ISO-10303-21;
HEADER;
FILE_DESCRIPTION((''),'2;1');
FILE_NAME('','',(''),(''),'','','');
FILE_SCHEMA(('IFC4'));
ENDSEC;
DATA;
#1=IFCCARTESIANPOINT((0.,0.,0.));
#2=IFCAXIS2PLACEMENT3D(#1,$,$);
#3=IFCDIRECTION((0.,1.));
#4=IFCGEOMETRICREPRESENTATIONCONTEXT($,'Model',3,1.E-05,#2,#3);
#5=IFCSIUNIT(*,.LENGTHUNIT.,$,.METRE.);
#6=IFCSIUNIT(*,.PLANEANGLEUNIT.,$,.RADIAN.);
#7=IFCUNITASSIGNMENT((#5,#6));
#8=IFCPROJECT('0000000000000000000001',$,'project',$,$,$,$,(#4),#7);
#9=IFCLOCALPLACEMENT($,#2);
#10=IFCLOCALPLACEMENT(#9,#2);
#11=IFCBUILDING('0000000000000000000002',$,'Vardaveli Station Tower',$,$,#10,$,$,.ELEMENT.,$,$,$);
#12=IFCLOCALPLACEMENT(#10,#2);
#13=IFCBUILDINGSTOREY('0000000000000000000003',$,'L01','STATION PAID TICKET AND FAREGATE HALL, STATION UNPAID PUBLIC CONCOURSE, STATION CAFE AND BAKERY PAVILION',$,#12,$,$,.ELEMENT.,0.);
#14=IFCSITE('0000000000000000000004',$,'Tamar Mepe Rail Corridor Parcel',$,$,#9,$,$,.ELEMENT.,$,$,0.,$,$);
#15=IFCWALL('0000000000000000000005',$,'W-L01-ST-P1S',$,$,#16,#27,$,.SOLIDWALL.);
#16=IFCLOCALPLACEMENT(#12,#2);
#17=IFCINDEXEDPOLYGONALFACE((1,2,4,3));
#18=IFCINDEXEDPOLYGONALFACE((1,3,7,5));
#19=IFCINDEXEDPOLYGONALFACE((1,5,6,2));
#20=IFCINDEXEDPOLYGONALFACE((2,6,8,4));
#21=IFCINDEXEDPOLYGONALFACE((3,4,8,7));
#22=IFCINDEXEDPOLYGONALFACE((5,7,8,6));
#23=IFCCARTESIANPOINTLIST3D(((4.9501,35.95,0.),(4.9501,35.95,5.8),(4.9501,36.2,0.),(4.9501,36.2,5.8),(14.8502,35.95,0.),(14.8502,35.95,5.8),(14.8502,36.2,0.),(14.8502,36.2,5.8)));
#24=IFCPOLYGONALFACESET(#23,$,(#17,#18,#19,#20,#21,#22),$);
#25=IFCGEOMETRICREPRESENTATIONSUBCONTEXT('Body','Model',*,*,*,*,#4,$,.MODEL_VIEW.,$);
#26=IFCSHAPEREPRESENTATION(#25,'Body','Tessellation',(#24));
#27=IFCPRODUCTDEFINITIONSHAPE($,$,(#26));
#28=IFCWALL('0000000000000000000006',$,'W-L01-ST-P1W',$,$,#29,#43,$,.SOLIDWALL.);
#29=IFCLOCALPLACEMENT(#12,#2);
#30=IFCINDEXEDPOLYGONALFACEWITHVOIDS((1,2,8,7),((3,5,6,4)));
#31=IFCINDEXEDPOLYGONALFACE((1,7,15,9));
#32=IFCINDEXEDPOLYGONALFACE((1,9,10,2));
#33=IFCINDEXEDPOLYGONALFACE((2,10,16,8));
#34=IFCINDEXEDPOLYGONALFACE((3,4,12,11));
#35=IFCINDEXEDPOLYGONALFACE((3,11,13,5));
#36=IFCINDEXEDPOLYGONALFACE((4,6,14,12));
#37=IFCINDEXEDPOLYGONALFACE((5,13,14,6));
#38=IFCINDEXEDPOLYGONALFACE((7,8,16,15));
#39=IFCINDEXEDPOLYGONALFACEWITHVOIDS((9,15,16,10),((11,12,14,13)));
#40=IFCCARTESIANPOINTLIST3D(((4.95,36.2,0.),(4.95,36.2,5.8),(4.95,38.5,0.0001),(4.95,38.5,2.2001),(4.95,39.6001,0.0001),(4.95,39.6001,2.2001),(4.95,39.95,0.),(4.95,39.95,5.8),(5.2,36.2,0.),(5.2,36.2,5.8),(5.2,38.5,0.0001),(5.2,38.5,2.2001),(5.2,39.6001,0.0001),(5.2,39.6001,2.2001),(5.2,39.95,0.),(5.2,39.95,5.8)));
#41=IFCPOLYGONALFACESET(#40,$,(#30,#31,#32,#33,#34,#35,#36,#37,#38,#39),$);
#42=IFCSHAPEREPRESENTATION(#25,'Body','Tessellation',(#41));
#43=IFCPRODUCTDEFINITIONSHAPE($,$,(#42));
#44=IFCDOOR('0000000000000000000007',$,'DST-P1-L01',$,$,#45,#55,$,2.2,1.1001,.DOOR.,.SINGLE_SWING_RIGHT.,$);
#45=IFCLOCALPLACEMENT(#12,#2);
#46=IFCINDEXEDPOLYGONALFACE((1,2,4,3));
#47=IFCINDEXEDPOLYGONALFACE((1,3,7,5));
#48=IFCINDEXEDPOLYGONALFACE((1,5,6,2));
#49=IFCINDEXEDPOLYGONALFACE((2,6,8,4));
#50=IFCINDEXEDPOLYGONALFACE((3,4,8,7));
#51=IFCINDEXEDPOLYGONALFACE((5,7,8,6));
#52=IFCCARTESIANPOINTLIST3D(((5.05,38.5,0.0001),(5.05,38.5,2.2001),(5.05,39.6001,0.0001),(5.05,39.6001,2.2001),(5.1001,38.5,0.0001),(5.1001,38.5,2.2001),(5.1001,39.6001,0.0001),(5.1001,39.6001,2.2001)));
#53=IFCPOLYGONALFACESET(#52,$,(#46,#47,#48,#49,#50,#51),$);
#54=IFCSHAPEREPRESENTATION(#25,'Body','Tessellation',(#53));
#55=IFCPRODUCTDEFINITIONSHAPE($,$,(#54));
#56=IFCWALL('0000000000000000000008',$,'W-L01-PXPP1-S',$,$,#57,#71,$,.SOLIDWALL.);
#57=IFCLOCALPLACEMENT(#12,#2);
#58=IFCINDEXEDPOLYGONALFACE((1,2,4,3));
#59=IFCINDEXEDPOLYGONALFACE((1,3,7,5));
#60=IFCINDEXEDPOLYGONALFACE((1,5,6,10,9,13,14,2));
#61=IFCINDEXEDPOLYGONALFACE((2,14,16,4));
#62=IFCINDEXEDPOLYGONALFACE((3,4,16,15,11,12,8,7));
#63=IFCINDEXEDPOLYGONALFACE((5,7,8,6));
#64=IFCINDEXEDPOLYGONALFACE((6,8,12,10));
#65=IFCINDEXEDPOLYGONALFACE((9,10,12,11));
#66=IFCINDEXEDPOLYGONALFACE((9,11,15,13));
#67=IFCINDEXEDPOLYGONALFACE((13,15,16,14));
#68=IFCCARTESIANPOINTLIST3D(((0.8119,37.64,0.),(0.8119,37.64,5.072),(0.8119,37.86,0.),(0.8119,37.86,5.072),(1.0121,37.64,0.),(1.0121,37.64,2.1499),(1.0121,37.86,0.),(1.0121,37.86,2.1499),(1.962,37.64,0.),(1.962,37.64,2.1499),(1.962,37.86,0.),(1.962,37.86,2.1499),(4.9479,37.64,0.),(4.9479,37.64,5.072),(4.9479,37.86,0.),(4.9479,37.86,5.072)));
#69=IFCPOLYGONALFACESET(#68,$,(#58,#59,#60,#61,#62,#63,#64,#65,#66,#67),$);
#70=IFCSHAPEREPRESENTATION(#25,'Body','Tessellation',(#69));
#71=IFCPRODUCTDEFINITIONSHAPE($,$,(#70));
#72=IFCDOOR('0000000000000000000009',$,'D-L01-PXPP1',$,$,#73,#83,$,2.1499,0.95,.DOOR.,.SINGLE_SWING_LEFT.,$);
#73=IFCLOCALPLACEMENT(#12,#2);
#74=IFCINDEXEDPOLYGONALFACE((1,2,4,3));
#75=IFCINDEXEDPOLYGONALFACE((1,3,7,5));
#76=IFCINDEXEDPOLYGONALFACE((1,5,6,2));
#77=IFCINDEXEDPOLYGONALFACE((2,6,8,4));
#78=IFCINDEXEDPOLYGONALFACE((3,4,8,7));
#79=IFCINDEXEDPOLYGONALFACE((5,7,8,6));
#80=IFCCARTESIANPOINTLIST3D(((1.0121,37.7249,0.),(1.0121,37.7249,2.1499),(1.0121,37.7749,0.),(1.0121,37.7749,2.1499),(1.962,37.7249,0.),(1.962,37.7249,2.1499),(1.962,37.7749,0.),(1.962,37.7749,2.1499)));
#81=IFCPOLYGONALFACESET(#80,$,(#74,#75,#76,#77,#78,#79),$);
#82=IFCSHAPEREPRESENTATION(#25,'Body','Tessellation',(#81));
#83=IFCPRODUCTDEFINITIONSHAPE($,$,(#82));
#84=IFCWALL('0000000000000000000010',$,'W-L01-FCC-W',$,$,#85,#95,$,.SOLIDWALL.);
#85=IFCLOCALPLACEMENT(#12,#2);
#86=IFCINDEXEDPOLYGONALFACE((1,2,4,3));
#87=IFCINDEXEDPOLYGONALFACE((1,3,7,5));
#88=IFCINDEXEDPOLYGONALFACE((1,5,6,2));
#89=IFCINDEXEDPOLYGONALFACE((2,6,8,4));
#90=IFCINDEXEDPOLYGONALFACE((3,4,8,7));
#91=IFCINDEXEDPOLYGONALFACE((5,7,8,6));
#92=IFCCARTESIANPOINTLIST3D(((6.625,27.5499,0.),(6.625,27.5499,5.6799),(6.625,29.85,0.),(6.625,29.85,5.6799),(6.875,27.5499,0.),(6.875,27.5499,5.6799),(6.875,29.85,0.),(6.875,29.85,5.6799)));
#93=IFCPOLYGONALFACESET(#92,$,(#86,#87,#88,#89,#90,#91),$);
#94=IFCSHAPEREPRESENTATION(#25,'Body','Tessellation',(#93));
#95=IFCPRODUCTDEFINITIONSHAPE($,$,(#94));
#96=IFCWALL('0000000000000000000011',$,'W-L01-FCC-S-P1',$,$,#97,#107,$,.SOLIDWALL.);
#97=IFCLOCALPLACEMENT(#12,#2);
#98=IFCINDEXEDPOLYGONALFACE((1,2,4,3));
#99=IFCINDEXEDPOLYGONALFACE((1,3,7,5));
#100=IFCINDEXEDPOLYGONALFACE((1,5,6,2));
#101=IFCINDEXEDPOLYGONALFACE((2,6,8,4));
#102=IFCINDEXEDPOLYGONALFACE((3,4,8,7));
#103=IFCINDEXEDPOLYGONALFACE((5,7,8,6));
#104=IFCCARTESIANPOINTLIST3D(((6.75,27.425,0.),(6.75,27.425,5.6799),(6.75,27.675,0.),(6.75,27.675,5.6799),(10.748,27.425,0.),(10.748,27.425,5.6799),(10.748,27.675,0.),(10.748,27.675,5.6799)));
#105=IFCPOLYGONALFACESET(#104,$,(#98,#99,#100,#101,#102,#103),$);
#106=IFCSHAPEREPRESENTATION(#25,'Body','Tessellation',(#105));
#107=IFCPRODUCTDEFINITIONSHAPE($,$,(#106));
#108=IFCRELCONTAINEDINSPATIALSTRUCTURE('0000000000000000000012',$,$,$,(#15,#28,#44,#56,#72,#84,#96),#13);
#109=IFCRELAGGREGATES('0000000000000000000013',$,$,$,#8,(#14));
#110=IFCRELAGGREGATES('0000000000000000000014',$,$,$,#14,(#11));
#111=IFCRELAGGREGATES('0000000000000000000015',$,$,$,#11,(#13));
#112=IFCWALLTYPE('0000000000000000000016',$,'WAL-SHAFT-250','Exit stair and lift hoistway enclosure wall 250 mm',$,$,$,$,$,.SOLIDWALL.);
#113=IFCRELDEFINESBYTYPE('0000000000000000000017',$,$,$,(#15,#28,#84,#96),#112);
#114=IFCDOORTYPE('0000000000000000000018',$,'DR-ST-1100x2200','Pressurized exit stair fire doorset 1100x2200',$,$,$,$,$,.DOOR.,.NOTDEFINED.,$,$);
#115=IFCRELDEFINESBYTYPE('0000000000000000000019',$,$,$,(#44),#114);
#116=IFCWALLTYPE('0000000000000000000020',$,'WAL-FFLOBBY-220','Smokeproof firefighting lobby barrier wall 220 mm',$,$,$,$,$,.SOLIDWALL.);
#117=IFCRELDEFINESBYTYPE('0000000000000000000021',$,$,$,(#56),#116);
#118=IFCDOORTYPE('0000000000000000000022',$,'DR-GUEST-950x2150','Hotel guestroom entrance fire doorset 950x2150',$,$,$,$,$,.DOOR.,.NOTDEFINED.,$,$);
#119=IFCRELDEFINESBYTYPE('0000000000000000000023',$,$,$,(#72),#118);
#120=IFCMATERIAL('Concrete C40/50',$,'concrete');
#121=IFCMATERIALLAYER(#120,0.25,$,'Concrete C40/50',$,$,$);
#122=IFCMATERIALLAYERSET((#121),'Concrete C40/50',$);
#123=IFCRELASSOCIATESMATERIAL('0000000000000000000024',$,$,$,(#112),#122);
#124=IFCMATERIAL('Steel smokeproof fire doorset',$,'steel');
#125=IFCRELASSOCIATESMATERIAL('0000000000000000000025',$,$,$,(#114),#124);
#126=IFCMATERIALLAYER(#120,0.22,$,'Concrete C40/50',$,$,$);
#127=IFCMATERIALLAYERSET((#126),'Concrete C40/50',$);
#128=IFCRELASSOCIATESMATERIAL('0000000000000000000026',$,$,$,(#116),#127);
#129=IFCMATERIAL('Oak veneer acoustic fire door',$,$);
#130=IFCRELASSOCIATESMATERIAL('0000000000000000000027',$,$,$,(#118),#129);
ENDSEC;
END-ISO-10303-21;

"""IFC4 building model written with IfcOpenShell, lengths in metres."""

from ifc_helpers import new_model, si_unit, direction, frame, frame_2d, origin, place, context, subcontext, project, spatial, rectangle, extrude, source, transform, mapped, material, layer, layer_set, type_object, element, fill, save


model = new_model("IFC4")

# Units and contexts
model_context = context("Model", 3, precision=1e-05, world=origin(), true_north=direction((0.0, 1.0)))
body_context = subcontext(model_context, "Body", "Model", "MODEL_VIEW")
ifc_project = project(units=[si_unit("LENGTHUNIT", "METRE"), si_unit("PLANEANGLEUNIT", "RADIAN")], contexts=[model_context])

# Site, building, storey
site_placement = place(None, origin())
site = spatial("IfcSite", under=ifc_project, at=site_placement, Name="Tamar Mepe Rail Corridor Parcel", CompositionType="ELEMENT", RefElevation=0.0)
building_placement = place(site_placement, origin())
building = spatial("IfcBuilding", under=site, at=building_placement, Name="Vardaveli Station Tower", CompositionType="ELEMENT")
storey_placement = place(building_placement, origin())
storey = spatial("IfcBuildingStorey", under=building, at=storey_placement, Name="L01", Description="STATION PAID TICKET AND FAREGATE HALL, STATION UNPAID PUBLIC CONCOURSE, STATION CAFE AND BAKERY PAVILION", CompositionType="ELEMENT", Elevation=0.0)

# Wall
ifc_material_1 = material(Name="Concrete C40/50", Category="concrete")
ifc_layer_1 = layer(ifc_material_1, 0.25, Name="Concrete C40/50")
ifc_layer_set_1 = layer_set([ifc_layer_1], Name="Concrete C40/50")
wall_type_1 = type_object("IfcWallType", Name="WAL-SHAFT-250", Description="Exit stair and lift hoistway enclosure wall 250 mm", PredefinedType="SOLIDWALL", material=ifc_layer_set_1)
shared_shape_1 = source(origin(), body_context, "Body", "SweptSolid", [
    extrude(rectangle(XDim=9.9001, YDim=0.25, at=frame_2d((4.9502, 0.0))), origin(), (0.0, 0.0, 1.0), 5.8),
])
wall_1_placement = place(storey_placement, frame((4.95, 36.075, 0.0), z_axis=(0.0, 0.0, 1.0), x_axis=(1.0, 0.0, 0.0)))
element("IfcWall", 1, at=wall_1_placement, inside=storey, type_object=wall_type_1, Name="W-L01-ST-P1S", PredefinedType="SOLIDWALL", context=body_context, shape_type="MappedRepresentation", body=[
    mapped(shared_shape_1, transform((0.0, 0.0, 0.0), scale=1.0)),
])

# Walls, openings, doors
shared_shape_2 = source(origin(), body_context, "Body", "SweptSolid", [
    extrude(rectangle(XDim=3.75, YDim=0.25, at=frame_2d((1.875, 0.0))), origin(), (0.0, 0.0, 1.0), 5.8),
])
wall_2_placement = place(storey_placement, frame((5.075, 36.2, 0.0), z_axis=(0.0, 0.0, 1.0), x_axis=(0.0, 1.0, 0.0)))
wall_2 = element("IfcWall", 2, at=wall_2_placement, inside=storey, type_object=wall_type_1, Name="W-L01-ST-P1W", PredefinedType="SOLIDWALL", context=body_context, shape_type="MappedRepresentation", body=[
    mapped(shared_shape_2, transform((0.0, 0.0, 0.0), scale=1.0)),
])
shared_shape_3 = source(origin(), body_context, "Body", "SweptSolid", [
    extrude(rectangle(XDim=1.1001, YDim=2.2, at=frame_2d((0.55, 1.1001))), frame((0.0, 0.135, 0.0), z_axis=(0.0, -1.0, 0.0), x_axis=(1.0, 0.0, 0.0)), (0.0, 0.0, 1.0), 0.27),
])
opening_1_placement = place(wall_2_placement, frame((2.3, 0.0, 0.0)))
opening_1 = element("IfcOpeningElement", 3, at=opening_1_placement, cuts=wall_2, PredefinedType="OPENING", context=body_context, shape_type="MappedRepresentation", body=[
    mapped(shared_shape_3, transform((0.0, 0.0, 0.0), scale=1.0)),
])
ifc_material_2 = material(Name="Steel smokeproof fire doorset", Category="steel")
door_type_1 = type_object("IfcDoorType", Name="DR-ST-1100x2200", Description="Pressurized exit stair fire doorset 1100x2200", OperationType="NOTDEFINED", PredefinedType="DOOR", material=ifc_material_2)
shared_shape_4 = source(origin(), body_context, "Body", "SweptSolid", [
    extrude(rectangle(XDim=1.1001, YDim=2.2, at=frame_2d((0.55, 1.1001))), frame((0.0, 0.0249, 0.0), z_axis=(0.0, -1.0, 0.0), x_axis=(1.0, 0.0, 0.0)), (0.0, 0.0, 1.0), 0.05),
])
door_1_placement = place(opening_1_placement, origin())
door_1 = element("IfcDoor", 4, at=door_1_placement, inside=storey, type_object=door_type_1, Name="DST-P1-L01", OperationType="SINGLE_SWING_RIGHT", OverallHeight=2.2, OverallWidth=1.1001, PredefinedType="DOOR", context=body_context, shape_type="MappedRepresentation", body=[
    mapped(shared_shape_4, transform((0.0, 0.0, 0.0), scale=1.0)),
])
fill(opening_1, door_1)
ifc_layer_2 = layer(ifc_material_1, 0.22, Name="Concrete C40/50")
ifc_layer_set_2 = layer_set([ifc_layer_2], Name="Concrete C40/50")
wall_type_2 = type_object("IfcWallType", Name="WAL-FFLOBBY-220", Description="Smokeproof firefighting lobby barrier wall 220 mm", PredefinedType="SOLIDWALL", material=ifc_layer_set_2)
shared_shape_5 = source(origin(), body_context, "Body", "SweptSolid", [
    extrude(rectangle(XDim=4.136, YDim=0.22, at=frame_2d((2.0679, 0.0))), origin(), (0.0, 0.0, 1.0), 5.072),
])
wall_3_placement = place(storey_placement, frame((0.812, 37.75, 0.0), z_axis=(0.0, 0.0, 1.0), x_axis=(1.0, 0.0, 0.0)))
wall_3 = element("IfcWall", 5, at=wall_3_placement, inside=storey, type_object=wall_type_2, Name="W-L01-PXPP1-S", PredefinedType="SOLIDWALL", context=body_context, shape_type="MappedRepresentation", body=[
    mapped(shared_shape_5, transform((0.0, 0.0, 0.0), scale=1.0)),
])
shared_shape_6 = source(origin(), body_context, "Body", "SweptSolid", [
    extrude(rectangle(XDim=0.95, YDim=2.1499, at=frame_2d((0.4751, 1.075))), frame((0.0, 0.1201, 0.0), z_axis=(0.0, -1.0, 0.0), x_axis=(1.0, 0.0, 0.0)), (0.0, 0.0, 1.0), 0.24),
])
opening_2_placement = place(wall_3_placement, frame((0.2, 0.0, 0.0)))
opening_2 = element("IfcOpeningElement", 6, at=opening_2_placement, cuts=wall_3, PredefinedType="OPENING", context=body_context, shape_type="MappedRepresentation", body=[
    mapped(shared_shape_6, transform((0.0, 0.0, 0.0), scale=1.0)),
])
ifc_material_3 = material(Name="Oak veneer acoustic fire door")
door_type_2 = type_object("IfcDoorType", Name="DR-GUEST-950x2150", Description="Hotel guestroom entrance fire doorset 950x2150", OperationType="NOTDEFINED", PredefinedType="DOOR", material=ifc_material_3)
shared_shape_7 = source(origin(), body_context, "Body", "SweptSolid", [
    extrude(rectangle(XDim=0.95, YDim=2.1499, at=frame_2d((0.4751, 1.075))), frame((0.0, 0.0249, 0.0), z_axis=(0.0, -1.0, 0.0), x_axis=(1.0, 0.0, 0.0)), (0.0, 0.0, 1.0), 0.05),
])
door_2_placement = place(opening_2_placement, origin())
door_2 = element("IfcDoor", 7, at=door_2_placement, inside=storey, type_object=door_type_2, Name="D-L01-PXPP1", OperationType="SINGLE_SWING_LEFT", OverallHeight=2.1499, OverallWidth=0.95, PredefinedType="DOOR", context=body_context, shape_type="MappedRepresentation", body=[
    mapped(shared_shape_7, transform((0.0, 0.0, 0.0), scale=1.0)),
])
fill(opening_2, door_2)

# Walls
shared_shape_8 = source(origin(), body_context, "Body", "SweptSolid", [
    extrude(rectangle(XDim=2.3, YDim=0.25, at=frame_2d((1.1499, 0.0))), origin(), (0.0, 0.0, 1.0), 5.6799),
])
wall_4_placement = place(storey_placement, frame((6.75, 27.55, 0.0), z_axis=(0.0, 0.0, 1.0), x_axis=(0.0, 1.0, 0.0)))
element("IfcWall", 8, at=wall_4_placement, inside=storey, type_object=wall_type_1, Name="W-L01-FCC-W", PredefinedType="SOLIDWALL", context=body_context, shape_type="MappedRepresentation", body=[
    mapped(shared_shape_8, transform((0.0, 0.0, 0.0), scale=1.0)),
])
shared_shape_9 = source(origin(), body_context, "Body", "SweptSolid", [
    extrude(rectangle(XDim=3.998, YDim=0.25, at=frame_2d((1.999, 0.0))), origin(), (0.0, 0.0, 1.0), 5.6799),
])
wall_5_placement = place(storey_placement, frame((6.75, 27.55, 0.0), z_axis=(0.0, 0.0, 1.0), x_axis=(1.0, 0.0, 0.0)))
element("IfcWall", 9, at=wall_5_placement, inside=storey, type_object=wall_type_1, Name="W-L01-FCC-S-P1", PredefinedType="SOLIDWALL", context=body_context, shape_type="MappedRepresentation", body=[
    mapped(shared_shape_9, transform((0.0, 0.0, 0.0), scale=1.0)),
])

save(model, "model.ifc")
